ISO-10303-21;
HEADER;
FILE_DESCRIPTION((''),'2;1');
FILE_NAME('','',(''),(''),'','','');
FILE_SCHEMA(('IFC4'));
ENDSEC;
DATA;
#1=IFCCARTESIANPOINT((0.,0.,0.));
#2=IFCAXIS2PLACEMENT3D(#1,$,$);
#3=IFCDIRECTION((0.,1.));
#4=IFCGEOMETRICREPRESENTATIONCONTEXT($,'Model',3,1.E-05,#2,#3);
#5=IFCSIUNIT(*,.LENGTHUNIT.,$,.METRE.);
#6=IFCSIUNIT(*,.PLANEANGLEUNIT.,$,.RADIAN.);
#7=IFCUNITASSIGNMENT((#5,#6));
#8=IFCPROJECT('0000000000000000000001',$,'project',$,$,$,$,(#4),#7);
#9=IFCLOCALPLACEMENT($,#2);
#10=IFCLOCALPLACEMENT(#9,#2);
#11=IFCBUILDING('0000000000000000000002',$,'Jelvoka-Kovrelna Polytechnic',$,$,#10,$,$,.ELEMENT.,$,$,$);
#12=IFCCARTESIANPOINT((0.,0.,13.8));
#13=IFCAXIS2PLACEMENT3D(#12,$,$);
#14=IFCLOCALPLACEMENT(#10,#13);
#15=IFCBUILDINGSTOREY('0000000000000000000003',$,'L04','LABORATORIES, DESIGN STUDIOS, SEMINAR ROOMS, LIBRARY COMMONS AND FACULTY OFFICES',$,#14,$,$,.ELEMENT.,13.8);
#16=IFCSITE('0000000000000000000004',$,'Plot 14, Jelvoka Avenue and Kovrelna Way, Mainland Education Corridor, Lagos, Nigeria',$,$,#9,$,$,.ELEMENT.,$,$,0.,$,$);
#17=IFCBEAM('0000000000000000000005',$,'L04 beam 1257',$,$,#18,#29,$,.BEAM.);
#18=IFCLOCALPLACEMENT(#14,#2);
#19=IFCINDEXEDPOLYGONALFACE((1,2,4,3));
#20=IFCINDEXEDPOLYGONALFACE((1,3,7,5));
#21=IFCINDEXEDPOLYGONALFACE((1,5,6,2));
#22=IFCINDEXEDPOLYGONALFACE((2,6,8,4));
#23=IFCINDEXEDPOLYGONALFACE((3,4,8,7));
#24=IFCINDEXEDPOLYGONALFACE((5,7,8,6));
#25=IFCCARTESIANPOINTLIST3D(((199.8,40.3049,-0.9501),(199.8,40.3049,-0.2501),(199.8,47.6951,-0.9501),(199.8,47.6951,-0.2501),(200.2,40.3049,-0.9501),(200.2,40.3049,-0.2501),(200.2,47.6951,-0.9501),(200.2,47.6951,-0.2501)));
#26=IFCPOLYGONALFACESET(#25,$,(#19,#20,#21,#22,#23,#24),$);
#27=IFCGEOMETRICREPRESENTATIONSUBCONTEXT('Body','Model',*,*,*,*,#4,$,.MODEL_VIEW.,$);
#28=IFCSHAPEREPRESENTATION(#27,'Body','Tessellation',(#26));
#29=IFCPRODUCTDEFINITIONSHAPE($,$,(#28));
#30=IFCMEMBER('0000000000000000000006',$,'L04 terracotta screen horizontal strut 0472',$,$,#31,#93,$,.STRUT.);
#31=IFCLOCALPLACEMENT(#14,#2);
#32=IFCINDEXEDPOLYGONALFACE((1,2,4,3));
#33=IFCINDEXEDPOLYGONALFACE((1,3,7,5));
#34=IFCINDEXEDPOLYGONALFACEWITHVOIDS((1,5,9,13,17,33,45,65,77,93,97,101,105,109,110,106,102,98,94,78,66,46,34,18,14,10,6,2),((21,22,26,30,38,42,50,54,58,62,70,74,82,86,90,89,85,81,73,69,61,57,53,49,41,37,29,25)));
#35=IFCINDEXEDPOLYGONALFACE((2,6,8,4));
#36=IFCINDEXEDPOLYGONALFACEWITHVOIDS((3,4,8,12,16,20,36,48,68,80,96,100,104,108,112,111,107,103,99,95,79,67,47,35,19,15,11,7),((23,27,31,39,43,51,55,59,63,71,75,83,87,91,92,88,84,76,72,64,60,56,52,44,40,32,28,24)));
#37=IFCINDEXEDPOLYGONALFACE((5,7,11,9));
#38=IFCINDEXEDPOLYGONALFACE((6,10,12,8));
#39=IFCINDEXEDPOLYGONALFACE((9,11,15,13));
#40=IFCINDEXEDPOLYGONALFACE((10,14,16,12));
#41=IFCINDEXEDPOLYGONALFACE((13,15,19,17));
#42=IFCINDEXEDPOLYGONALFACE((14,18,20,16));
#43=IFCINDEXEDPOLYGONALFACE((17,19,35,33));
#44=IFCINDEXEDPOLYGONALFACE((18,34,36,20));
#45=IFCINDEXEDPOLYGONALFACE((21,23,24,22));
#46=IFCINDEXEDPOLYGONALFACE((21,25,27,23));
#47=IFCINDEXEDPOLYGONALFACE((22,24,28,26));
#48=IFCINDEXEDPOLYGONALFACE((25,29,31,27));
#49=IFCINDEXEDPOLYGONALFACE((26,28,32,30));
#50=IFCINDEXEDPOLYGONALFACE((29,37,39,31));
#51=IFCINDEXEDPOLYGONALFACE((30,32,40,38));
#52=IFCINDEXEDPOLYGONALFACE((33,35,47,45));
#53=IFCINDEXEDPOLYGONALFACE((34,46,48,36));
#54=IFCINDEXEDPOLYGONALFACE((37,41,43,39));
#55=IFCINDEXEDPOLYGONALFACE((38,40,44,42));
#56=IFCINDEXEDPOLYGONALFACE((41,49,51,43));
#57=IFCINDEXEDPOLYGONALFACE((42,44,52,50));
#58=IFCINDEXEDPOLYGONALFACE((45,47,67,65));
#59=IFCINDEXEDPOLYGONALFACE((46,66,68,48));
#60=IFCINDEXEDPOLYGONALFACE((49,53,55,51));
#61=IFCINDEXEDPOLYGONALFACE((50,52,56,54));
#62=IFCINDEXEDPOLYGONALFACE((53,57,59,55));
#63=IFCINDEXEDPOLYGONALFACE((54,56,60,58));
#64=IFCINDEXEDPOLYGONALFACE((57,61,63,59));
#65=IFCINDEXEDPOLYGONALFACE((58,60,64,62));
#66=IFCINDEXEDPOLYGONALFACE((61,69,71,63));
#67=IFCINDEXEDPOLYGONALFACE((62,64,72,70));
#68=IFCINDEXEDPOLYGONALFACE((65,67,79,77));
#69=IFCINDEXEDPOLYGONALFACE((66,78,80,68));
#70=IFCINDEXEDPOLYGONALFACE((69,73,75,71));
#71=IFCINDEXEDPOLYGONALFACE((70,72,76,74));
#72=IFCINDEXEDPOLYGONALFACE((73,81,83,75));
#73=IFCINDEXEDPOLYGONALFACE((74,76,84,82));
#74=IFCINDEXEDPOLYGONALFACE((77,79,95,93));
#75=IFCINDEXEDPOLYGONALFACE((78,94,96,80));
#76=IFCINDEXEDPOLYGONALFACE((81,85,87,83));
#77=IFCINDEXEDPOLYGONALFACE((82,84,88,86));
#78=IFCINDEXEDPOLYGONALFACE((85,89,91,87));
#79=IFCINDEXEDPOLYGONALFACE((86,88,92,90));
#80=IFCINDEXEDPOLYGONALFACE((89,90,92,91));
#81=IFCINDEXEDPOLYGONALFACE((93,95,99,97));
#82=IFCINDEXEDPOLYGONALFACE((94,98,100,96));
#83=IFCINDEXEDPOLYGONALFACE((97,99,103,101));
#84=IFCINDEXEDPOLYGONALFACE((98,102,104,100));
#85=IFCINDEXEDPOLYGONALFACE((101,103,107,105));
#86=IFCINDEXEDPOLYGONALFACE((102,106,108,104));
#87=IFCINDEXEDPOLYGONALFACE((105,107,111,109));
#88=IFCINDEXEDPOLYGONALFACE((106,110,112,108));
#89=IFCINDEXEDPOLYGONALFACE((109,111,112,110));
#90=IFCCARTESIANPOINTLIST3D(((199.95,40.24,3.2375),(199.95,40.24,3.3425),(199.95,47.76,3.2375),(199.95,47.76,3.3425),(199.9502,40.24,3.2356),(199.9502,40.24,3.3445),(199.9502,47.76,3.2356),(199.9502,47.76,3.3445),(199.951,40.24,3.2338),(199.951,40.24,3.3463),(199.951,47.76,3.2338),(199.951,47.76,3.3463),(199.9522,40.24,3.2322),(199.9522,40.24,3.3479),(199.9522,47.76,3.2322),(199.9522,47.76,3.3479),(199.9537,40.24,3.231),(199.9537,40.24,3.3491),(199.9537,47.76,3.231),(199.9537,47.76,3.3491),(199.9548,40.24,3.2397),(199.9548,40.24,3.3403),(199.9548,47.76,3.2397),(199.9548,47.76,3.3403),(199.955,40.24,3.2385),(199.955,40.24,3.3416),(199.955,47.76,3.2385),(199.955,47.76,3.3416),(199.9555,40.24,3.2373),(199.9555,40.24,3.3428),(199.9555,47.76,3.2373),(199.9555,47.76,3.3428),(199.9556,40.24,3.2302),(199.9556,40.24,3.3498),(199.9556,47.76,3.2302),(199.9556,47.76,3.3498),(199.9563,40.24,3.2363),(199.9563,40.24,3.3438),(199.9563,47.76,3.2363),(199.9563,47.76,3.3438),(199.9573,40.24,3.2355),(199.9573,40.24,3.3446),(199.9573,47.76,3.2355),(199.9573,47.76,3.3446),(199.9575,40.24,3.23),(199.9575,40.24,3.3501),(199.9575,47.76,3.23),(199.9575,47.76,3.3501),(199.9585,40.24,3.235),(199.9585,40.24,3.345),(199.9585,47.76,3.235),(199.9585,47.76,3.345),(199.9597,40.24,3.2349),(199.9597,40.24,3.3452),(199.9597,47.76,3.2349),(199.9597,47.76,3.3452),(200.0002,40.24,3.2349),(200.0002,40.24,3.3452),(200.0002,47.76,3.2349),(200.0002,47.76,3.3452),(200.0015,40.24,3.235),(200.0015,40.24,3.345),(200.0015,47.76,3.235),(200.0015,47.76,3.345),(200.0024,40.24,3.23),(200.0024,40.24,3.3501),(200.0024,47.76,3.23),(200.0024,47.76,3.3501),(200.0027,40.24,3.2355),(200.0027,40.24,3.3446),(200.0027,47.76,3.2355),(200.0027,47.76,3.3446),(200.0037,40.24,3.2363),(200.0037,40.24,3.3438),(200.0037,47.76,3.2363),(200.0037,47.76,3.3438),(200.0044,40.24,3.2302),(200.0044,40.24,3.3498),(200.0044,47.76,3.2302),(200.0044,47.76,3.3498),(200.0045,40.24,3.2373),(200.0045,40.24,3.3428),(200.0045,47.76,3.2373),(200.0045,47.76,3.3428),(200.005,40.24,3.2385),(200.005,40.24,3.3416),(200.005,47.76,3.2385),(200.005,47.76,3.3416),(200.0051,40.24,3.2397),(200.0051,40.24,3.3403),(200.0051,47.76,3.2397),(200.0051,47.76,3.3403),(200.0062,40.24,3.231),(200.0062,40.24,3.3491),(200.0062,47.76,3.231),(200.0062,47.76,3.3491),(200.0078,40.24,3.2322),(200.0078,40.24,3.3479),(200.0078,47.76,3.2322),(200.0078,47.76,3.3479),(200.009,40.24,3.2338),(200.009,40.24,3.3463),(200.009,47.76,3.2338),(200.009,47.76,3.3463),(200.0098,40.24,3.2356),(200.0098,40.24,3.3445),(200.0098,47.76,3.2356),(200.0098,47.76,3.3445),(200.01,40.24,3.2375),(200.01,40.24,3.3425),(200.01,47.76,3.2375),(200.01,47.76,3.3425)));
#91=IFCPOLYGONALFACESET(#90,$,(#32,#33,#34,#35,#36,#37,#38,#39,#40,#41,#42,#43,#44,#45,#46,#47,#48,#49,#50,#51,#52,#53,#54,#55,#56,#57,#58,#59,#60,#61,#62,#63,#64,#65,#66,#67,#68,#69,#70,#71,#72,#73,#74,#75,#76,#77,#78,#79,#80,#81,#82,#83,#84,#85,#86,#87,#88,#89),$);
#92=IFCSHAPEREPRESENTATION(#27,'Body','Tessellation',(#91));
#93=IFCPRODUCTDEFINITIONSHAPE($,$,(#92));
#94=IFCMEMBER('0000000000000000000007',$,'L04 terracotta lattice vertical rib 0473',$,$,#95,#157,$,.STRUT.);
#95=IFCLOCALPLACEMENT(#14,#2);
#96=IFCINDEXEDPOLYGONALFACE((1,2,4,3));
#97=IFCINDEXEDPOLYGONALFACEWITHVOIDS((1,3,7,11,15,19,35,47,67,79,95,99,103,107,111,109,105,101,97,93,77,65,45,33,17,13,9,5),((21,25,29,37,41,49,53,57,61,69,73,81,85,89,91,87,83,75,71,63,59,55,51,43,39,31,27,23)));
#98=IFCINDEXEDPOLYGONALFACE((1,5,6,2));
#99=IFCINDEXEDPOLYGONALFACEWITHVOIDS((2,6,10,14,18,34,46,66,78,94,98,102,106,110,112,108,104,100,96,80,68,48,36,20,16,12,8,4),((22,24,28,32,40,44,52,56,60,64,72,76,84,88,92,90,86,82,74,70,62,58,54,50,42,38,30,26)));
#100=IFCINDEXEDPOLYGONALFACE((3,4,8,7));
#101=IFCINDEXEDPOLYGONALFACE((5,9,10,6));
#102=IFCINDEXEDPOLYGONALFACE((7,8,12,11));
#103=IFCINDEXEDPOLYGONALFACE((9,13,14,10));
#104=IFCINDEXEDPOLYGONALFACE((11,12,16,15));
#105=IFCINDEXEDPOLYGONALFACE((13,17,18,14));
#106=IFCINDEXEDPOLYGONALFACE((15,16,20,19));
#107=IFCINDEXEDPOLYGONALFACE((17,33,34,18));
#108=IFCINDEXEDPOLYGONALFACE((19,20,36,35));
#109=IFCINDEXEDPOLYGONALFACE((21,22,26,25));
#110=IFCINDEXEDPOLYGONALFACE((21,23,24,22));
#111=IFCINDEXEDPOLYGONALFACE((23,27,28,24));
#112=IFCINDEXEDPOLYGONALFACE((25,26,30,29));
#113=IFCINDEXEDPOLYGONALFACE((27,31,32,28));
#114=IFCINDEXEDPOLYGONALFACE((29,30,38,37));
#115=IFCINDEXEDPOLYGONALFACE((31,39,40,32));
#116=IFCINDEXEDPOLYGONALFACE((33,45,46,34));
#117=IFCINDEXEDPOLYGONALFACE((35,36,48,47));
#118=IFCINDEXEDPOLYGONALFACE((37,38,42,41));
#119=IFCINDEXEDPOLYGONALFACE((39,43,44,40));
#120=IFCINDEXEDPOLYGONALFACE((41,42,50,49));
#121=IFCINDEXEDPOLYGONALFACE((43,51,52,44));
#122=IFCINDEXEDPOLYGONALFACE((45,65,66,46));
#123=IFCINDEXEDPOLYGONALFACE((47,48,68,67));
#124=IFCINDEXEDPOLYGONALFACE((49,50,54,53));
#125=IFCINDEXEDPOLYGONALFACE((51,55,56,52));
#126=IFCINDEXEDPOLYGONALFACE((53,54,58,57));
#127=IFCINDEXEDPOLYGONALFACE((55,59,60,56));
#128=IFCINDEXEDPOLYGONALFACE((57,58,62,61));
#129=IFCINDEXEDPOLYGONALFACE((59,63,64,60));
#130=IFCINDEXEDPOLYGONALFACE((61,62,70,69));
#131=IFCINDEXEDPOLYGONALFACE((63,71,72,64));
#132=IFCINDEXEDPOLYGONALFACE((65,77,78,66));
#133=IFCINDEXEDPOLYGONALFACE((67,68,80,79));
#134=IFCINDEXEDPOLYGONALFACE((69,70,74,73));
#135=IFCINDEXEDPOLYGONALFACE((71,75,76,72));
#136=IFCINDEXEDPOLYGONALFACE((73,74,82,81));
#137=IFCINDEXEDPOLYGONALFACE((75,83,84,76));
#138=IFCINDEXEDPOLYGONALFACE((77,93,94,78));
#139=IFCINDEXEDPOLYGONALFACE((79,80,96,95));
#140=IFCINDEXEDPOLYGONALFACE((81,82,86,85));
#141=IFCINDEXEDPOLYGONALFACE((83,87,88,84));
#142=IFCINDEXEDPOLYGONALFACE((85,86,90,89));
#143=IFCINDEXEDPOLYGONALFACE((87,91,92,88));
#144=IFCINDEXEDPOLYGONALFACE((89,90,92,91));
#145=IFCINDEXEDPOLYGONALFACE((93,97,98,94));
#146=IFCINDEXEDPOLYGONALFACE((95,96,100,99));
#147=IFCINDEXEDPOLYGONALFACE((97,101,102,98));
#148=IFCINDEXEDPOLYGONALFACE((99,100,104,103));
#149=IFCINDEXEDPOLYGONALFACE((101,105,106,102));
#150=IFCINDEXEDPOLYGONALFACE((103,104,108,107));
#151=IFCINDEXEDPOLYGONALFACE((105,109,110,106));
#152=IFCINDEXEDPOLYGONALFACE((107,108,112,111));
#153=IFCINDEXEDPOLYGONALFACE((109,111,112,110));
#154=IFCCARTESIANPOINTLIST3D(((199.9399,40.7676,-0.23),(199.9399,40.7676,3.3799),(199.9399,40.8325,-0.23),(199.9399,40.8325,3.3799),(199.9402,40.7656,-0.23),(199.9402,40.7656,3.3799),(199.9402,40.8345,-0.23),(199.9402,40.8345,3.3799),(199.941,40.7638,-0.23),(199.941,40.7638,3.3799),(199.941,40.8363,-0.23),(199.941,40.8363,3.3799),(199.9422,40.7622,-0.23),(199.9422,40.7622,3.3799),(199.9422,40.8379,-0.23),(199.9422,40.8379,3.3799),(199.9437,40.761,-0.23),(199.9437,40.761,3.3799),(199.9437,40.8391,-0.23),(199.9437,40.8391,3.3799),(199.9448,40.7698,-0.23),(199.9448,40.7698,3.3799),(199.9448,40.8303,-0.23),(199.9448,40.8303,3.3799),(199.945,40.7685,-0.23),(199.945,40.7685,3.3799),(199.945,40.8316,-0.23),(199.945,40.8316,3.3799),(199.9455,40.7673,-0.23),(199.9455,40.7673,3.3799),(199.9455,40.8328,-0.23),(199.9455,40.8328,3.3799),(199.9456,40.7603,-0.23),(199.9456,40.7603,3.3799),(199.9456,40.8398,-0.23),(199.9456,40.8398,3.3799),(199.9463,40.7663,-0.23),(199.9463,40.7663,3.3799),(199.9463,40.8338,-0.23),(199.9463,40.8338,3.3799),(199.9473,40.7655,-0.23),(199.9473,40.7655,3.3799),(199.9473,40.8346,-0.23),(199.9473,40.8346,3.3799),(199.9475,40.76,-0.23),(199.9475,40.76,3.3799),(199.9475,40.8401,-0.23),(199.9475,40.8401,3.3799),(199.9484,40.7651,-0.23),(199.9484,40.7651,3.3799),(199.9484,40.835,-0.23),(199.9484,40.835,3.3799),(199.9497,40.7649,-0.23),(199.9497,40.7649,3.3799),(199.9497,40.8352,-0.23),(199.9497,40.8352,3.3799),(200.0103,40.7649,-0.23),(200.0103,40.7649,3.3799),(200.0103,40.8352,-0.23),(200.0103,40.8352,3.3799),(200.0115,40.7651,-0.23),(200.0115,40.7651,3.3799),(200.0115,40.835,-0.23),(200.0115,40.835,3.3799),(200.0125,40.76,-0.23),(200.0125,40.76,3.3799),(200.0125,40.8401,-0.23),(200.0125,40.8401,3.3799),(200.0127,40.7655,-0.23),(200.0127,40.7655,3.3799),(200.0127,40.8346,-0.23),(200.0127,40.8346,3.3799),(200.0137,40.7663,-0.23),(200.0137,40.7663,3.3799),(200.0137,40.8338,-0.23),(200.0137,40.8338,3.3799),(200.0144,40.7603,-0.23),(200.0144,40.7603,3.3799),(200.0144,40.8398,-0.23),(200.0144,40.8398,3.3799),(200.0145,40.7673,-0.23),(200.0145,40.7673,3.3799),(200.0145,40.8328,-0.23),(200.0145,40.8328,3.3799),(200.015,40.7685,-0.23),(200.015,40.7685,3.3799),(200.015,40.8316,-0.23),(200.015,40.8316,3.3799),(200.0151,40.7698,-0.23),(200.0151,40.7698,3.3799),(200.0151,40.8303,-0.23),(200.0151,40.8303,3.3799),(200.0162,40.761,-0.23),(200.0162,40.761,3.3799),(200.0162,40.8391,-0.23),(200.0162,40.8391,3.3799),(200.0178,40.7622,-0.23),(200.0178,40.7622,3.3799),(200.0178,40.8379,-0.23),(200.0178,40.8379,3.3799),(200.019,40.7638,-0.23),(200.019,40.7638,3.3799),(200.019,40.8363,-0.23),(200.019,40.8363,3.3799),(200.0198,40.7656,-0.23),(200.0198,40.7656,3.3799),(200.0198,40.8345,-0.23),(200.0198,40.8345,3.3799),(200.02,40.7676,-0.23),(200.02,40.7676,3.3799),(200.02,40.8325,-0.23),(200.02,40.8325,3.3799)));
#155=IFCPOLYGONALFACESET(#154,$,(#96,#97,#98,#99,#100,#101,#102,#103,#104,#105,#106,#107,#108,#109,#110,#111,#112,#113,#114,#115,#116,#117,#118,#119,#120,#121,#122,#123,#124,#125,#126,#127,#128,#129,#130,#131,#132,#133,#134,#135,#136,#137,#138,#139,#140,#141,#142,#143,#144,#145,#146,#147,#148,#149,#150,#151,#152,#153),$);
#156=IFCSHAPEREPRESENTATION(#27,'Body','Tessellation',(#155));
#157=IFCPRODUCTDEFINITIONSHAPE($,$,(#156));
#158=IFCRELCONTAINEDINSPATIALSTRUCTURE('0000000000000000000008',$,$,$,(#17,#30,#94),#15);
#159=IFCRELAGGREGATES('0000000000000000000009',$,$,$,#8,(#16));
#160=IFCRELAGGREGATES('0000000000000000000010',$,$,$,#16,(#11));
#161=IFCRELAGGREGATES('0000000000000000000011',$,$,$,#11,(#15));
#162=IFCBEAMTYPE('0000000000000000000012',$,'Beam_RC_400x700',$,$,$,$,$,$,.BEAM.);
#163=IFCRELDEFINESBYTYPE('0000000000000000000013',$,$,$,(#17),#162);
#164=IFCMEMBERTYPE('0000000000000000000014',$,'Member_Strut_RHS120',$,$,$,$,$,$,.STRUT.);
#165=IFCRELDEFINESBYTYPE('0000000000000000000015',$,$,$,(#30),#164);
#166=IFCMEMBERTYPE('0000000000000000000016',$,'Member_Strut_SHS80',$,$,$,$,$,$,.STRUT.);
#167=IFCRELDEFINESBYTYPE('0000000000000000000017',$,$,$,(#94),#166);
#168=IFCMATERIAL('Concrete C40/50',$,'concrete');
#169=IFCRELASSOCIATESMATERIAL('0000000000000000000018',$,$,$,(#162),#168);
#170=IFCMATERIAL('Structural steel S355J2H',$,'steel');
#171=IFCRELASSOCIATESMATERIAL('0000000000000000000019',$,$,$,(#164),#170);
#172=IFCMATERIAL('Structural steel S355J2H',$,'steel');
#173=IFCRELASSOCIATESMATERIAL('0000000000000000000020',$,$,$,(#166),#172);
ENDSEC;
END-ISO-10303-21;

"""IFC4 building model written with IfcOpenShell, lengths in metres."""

from ifc_helpers import new_model, si_unit, direction, frame, origin, origin_2d, place, context, subcontext, project, spatial, rectangle, hollow_rectangle, extrude, material, material_profile, profile_set, type_object, element, save


model = new_model("IFC4")

# Units and contexts
model_context = context("Model", 3, precision=1e-05, world=origin(), true_north=direction((0.0, 1.0)))
body_context = subcontext(model_context, "Body", "Model", "MODEL_VIEW")
ifc_project = project(units=[si_unit("LENGTHUNIT", "METRE"), si_unit("PLANEANGLEUNIT", "RADIAN")], contexts=[model_context])

# Site, building, storey
site_placement = place(None, origin())
site = spatial("IfcSite", under=ifc_project, at=site_placement, Name="Plot 14, Jelvoka Avenue and Kovrelna Way, Mainland Education Corridor, Lagos, Nigeria", CompositionType="ELEMENT", RefElevation=0.0)
building_placement = place(site_placement, origin())
building = spatial("IfcBuilding", under=site, at=building_placement, Name="Jelvoka-Kovrelna Polytechnic", CompositionType="ELEMENT")
storey_placement = place(building_placement, frame((0.0, 0.0, 13.8)))
storey = spatial("IfcBuildingStorey", under=building, at=storey_placement, Name="L04", Description="LABORATORIES, DESIGN STUDIOS, SEMINAR ROOMS, LIBRARY COMMONS AND FACULTY OFFICES", CompositionType="ELEMENT", Elevation=13.8)

# Beam
ifc_material_1 = material(Name="Concrete C40/50", Category="concrete")
ifc_material_profile_1 = material_profile(ifc_material_1, rectangle(XDim=0.3999, YDim=0.7, at=origin_2d()), Name="RC 400x700")
ifc_profile_set_1 = profile_set([ifc_material_profile_1], Name="Concrete C40/50")
beam_type = type_object("IfcBeamType", Name="Beam_RC_400x700", PredefinedType="BEAM", material=ifc_profile_set_1)
beam_placement = place(storey_placement, frame((200.0, 40.3049, -0.6001), z_axis=(0.0, 1.0, 0.0), x_axis=(-1.0, 0.0, 0.0)))
element("IfcBeam", 1, at=beam_placement, inside=storey, type_object=beam_type, Name="L04 beam 1257", PredefinedType="BEAM", context=body_context, shape_type="SweptSolid", body=[
    extrude(rectangle(XDim=0.3999, YDim=0.7, at=origin_2d()), origin(), (0.0, 0.0, 1.0), 7.3901),
])

# Members
ifc_material_2 = material(Name="Structural steel S355J2H", Category="steel")
ifc_material_profile_2 = material_profile(ifc_material_2, hollow_rectangle(XDim=0.0601, YDim=0.1201, WallThickness=0.0049, InnerFilletRadius=0.0049, OuterFilletRadius=0.0076, at=origin_2d()), Name="120x60x5.0 RHS")
ifc_profile_set_2 = profile_set([ifc_material_profile_2], Name="Structural steel S355J2H")
member_type_1 = type_object("IfcMemberType", Name="Member_Strut_RHS120", PredefinedType="STRUT", material=ifc_profile_set_2)
member_placement = place(storey_placement, frame((199.98, 40.24, 3.29), z_axis=(0.0, 1.0, 0.0), x_axis=(-1.0, 0.0, 0.0)))
element("IfcMember", 2, at=member_placement, inside=storey, type_object=member_type_1, Name="L04 terracotta screen horizontal strut 0472", PredefinedType="STRUT", context=body_context, shape_type="SweptSolid", body=[
    extrude(hollow_rectangle(XDim=0.0601, YDim=0.1201, WallThickness=0.0049, InnerFilletRadius=0.0049, OuterFilletRadius=0.0076, at=origin_2d()), origin(), (0.0, 0.0, 1.0), 7.52),
])
ifc_material_3 = material(Name="Structural steel S355J2H", Category="steel")
ifc_material_profile_3 = material_profile(ifc_material_3, hollow_rectangle(XDim=0.0801, YDim=0.0801, WallThickness=0.0049, InnerFilletRadius=0.0049, OuterFilletRadius=0.0076, at=origin_2d()), Name="80x80x5.0 SHS")
ifc_profile_set_3 = profile_set([ifc_material_profile_3], Name="Structural steel S355J2H")
member_type_2 = type_object("IfcMemberType", Name="Member_Strut_SHS80", PredefinedType="STRUT", material=ifc_profile_set_3)
for number, where, z_axis, x_axis, name in (
    (3, (199.98, 40.8, -0.23), (0.0, 0.0, 1.0), (1.0, 0.0, 0.0), "L04 terracotta lattice vertical rib 0473"),
):
    element("IfcMember", number, at=place(storey_placement, frame(where, z_axis=z_axis, x_axis=x_axis)), inside=storey, type_object=member_type_2, Name=name, PredefinedType="STRUT", context=body_context, shape_type="SweptSolid", body=[
        extrude(hollow_rectangle(XDim=0.0801, YDim=0.0801, WallThickness=0.0049, InnerFilletRadius=0.0049, OuterFilletRadius=0.0076, at=origin_2d()), origin(), (0.0, 0.0, 1.0), 3.6099),
    ])

save(model, "model.ifc")
